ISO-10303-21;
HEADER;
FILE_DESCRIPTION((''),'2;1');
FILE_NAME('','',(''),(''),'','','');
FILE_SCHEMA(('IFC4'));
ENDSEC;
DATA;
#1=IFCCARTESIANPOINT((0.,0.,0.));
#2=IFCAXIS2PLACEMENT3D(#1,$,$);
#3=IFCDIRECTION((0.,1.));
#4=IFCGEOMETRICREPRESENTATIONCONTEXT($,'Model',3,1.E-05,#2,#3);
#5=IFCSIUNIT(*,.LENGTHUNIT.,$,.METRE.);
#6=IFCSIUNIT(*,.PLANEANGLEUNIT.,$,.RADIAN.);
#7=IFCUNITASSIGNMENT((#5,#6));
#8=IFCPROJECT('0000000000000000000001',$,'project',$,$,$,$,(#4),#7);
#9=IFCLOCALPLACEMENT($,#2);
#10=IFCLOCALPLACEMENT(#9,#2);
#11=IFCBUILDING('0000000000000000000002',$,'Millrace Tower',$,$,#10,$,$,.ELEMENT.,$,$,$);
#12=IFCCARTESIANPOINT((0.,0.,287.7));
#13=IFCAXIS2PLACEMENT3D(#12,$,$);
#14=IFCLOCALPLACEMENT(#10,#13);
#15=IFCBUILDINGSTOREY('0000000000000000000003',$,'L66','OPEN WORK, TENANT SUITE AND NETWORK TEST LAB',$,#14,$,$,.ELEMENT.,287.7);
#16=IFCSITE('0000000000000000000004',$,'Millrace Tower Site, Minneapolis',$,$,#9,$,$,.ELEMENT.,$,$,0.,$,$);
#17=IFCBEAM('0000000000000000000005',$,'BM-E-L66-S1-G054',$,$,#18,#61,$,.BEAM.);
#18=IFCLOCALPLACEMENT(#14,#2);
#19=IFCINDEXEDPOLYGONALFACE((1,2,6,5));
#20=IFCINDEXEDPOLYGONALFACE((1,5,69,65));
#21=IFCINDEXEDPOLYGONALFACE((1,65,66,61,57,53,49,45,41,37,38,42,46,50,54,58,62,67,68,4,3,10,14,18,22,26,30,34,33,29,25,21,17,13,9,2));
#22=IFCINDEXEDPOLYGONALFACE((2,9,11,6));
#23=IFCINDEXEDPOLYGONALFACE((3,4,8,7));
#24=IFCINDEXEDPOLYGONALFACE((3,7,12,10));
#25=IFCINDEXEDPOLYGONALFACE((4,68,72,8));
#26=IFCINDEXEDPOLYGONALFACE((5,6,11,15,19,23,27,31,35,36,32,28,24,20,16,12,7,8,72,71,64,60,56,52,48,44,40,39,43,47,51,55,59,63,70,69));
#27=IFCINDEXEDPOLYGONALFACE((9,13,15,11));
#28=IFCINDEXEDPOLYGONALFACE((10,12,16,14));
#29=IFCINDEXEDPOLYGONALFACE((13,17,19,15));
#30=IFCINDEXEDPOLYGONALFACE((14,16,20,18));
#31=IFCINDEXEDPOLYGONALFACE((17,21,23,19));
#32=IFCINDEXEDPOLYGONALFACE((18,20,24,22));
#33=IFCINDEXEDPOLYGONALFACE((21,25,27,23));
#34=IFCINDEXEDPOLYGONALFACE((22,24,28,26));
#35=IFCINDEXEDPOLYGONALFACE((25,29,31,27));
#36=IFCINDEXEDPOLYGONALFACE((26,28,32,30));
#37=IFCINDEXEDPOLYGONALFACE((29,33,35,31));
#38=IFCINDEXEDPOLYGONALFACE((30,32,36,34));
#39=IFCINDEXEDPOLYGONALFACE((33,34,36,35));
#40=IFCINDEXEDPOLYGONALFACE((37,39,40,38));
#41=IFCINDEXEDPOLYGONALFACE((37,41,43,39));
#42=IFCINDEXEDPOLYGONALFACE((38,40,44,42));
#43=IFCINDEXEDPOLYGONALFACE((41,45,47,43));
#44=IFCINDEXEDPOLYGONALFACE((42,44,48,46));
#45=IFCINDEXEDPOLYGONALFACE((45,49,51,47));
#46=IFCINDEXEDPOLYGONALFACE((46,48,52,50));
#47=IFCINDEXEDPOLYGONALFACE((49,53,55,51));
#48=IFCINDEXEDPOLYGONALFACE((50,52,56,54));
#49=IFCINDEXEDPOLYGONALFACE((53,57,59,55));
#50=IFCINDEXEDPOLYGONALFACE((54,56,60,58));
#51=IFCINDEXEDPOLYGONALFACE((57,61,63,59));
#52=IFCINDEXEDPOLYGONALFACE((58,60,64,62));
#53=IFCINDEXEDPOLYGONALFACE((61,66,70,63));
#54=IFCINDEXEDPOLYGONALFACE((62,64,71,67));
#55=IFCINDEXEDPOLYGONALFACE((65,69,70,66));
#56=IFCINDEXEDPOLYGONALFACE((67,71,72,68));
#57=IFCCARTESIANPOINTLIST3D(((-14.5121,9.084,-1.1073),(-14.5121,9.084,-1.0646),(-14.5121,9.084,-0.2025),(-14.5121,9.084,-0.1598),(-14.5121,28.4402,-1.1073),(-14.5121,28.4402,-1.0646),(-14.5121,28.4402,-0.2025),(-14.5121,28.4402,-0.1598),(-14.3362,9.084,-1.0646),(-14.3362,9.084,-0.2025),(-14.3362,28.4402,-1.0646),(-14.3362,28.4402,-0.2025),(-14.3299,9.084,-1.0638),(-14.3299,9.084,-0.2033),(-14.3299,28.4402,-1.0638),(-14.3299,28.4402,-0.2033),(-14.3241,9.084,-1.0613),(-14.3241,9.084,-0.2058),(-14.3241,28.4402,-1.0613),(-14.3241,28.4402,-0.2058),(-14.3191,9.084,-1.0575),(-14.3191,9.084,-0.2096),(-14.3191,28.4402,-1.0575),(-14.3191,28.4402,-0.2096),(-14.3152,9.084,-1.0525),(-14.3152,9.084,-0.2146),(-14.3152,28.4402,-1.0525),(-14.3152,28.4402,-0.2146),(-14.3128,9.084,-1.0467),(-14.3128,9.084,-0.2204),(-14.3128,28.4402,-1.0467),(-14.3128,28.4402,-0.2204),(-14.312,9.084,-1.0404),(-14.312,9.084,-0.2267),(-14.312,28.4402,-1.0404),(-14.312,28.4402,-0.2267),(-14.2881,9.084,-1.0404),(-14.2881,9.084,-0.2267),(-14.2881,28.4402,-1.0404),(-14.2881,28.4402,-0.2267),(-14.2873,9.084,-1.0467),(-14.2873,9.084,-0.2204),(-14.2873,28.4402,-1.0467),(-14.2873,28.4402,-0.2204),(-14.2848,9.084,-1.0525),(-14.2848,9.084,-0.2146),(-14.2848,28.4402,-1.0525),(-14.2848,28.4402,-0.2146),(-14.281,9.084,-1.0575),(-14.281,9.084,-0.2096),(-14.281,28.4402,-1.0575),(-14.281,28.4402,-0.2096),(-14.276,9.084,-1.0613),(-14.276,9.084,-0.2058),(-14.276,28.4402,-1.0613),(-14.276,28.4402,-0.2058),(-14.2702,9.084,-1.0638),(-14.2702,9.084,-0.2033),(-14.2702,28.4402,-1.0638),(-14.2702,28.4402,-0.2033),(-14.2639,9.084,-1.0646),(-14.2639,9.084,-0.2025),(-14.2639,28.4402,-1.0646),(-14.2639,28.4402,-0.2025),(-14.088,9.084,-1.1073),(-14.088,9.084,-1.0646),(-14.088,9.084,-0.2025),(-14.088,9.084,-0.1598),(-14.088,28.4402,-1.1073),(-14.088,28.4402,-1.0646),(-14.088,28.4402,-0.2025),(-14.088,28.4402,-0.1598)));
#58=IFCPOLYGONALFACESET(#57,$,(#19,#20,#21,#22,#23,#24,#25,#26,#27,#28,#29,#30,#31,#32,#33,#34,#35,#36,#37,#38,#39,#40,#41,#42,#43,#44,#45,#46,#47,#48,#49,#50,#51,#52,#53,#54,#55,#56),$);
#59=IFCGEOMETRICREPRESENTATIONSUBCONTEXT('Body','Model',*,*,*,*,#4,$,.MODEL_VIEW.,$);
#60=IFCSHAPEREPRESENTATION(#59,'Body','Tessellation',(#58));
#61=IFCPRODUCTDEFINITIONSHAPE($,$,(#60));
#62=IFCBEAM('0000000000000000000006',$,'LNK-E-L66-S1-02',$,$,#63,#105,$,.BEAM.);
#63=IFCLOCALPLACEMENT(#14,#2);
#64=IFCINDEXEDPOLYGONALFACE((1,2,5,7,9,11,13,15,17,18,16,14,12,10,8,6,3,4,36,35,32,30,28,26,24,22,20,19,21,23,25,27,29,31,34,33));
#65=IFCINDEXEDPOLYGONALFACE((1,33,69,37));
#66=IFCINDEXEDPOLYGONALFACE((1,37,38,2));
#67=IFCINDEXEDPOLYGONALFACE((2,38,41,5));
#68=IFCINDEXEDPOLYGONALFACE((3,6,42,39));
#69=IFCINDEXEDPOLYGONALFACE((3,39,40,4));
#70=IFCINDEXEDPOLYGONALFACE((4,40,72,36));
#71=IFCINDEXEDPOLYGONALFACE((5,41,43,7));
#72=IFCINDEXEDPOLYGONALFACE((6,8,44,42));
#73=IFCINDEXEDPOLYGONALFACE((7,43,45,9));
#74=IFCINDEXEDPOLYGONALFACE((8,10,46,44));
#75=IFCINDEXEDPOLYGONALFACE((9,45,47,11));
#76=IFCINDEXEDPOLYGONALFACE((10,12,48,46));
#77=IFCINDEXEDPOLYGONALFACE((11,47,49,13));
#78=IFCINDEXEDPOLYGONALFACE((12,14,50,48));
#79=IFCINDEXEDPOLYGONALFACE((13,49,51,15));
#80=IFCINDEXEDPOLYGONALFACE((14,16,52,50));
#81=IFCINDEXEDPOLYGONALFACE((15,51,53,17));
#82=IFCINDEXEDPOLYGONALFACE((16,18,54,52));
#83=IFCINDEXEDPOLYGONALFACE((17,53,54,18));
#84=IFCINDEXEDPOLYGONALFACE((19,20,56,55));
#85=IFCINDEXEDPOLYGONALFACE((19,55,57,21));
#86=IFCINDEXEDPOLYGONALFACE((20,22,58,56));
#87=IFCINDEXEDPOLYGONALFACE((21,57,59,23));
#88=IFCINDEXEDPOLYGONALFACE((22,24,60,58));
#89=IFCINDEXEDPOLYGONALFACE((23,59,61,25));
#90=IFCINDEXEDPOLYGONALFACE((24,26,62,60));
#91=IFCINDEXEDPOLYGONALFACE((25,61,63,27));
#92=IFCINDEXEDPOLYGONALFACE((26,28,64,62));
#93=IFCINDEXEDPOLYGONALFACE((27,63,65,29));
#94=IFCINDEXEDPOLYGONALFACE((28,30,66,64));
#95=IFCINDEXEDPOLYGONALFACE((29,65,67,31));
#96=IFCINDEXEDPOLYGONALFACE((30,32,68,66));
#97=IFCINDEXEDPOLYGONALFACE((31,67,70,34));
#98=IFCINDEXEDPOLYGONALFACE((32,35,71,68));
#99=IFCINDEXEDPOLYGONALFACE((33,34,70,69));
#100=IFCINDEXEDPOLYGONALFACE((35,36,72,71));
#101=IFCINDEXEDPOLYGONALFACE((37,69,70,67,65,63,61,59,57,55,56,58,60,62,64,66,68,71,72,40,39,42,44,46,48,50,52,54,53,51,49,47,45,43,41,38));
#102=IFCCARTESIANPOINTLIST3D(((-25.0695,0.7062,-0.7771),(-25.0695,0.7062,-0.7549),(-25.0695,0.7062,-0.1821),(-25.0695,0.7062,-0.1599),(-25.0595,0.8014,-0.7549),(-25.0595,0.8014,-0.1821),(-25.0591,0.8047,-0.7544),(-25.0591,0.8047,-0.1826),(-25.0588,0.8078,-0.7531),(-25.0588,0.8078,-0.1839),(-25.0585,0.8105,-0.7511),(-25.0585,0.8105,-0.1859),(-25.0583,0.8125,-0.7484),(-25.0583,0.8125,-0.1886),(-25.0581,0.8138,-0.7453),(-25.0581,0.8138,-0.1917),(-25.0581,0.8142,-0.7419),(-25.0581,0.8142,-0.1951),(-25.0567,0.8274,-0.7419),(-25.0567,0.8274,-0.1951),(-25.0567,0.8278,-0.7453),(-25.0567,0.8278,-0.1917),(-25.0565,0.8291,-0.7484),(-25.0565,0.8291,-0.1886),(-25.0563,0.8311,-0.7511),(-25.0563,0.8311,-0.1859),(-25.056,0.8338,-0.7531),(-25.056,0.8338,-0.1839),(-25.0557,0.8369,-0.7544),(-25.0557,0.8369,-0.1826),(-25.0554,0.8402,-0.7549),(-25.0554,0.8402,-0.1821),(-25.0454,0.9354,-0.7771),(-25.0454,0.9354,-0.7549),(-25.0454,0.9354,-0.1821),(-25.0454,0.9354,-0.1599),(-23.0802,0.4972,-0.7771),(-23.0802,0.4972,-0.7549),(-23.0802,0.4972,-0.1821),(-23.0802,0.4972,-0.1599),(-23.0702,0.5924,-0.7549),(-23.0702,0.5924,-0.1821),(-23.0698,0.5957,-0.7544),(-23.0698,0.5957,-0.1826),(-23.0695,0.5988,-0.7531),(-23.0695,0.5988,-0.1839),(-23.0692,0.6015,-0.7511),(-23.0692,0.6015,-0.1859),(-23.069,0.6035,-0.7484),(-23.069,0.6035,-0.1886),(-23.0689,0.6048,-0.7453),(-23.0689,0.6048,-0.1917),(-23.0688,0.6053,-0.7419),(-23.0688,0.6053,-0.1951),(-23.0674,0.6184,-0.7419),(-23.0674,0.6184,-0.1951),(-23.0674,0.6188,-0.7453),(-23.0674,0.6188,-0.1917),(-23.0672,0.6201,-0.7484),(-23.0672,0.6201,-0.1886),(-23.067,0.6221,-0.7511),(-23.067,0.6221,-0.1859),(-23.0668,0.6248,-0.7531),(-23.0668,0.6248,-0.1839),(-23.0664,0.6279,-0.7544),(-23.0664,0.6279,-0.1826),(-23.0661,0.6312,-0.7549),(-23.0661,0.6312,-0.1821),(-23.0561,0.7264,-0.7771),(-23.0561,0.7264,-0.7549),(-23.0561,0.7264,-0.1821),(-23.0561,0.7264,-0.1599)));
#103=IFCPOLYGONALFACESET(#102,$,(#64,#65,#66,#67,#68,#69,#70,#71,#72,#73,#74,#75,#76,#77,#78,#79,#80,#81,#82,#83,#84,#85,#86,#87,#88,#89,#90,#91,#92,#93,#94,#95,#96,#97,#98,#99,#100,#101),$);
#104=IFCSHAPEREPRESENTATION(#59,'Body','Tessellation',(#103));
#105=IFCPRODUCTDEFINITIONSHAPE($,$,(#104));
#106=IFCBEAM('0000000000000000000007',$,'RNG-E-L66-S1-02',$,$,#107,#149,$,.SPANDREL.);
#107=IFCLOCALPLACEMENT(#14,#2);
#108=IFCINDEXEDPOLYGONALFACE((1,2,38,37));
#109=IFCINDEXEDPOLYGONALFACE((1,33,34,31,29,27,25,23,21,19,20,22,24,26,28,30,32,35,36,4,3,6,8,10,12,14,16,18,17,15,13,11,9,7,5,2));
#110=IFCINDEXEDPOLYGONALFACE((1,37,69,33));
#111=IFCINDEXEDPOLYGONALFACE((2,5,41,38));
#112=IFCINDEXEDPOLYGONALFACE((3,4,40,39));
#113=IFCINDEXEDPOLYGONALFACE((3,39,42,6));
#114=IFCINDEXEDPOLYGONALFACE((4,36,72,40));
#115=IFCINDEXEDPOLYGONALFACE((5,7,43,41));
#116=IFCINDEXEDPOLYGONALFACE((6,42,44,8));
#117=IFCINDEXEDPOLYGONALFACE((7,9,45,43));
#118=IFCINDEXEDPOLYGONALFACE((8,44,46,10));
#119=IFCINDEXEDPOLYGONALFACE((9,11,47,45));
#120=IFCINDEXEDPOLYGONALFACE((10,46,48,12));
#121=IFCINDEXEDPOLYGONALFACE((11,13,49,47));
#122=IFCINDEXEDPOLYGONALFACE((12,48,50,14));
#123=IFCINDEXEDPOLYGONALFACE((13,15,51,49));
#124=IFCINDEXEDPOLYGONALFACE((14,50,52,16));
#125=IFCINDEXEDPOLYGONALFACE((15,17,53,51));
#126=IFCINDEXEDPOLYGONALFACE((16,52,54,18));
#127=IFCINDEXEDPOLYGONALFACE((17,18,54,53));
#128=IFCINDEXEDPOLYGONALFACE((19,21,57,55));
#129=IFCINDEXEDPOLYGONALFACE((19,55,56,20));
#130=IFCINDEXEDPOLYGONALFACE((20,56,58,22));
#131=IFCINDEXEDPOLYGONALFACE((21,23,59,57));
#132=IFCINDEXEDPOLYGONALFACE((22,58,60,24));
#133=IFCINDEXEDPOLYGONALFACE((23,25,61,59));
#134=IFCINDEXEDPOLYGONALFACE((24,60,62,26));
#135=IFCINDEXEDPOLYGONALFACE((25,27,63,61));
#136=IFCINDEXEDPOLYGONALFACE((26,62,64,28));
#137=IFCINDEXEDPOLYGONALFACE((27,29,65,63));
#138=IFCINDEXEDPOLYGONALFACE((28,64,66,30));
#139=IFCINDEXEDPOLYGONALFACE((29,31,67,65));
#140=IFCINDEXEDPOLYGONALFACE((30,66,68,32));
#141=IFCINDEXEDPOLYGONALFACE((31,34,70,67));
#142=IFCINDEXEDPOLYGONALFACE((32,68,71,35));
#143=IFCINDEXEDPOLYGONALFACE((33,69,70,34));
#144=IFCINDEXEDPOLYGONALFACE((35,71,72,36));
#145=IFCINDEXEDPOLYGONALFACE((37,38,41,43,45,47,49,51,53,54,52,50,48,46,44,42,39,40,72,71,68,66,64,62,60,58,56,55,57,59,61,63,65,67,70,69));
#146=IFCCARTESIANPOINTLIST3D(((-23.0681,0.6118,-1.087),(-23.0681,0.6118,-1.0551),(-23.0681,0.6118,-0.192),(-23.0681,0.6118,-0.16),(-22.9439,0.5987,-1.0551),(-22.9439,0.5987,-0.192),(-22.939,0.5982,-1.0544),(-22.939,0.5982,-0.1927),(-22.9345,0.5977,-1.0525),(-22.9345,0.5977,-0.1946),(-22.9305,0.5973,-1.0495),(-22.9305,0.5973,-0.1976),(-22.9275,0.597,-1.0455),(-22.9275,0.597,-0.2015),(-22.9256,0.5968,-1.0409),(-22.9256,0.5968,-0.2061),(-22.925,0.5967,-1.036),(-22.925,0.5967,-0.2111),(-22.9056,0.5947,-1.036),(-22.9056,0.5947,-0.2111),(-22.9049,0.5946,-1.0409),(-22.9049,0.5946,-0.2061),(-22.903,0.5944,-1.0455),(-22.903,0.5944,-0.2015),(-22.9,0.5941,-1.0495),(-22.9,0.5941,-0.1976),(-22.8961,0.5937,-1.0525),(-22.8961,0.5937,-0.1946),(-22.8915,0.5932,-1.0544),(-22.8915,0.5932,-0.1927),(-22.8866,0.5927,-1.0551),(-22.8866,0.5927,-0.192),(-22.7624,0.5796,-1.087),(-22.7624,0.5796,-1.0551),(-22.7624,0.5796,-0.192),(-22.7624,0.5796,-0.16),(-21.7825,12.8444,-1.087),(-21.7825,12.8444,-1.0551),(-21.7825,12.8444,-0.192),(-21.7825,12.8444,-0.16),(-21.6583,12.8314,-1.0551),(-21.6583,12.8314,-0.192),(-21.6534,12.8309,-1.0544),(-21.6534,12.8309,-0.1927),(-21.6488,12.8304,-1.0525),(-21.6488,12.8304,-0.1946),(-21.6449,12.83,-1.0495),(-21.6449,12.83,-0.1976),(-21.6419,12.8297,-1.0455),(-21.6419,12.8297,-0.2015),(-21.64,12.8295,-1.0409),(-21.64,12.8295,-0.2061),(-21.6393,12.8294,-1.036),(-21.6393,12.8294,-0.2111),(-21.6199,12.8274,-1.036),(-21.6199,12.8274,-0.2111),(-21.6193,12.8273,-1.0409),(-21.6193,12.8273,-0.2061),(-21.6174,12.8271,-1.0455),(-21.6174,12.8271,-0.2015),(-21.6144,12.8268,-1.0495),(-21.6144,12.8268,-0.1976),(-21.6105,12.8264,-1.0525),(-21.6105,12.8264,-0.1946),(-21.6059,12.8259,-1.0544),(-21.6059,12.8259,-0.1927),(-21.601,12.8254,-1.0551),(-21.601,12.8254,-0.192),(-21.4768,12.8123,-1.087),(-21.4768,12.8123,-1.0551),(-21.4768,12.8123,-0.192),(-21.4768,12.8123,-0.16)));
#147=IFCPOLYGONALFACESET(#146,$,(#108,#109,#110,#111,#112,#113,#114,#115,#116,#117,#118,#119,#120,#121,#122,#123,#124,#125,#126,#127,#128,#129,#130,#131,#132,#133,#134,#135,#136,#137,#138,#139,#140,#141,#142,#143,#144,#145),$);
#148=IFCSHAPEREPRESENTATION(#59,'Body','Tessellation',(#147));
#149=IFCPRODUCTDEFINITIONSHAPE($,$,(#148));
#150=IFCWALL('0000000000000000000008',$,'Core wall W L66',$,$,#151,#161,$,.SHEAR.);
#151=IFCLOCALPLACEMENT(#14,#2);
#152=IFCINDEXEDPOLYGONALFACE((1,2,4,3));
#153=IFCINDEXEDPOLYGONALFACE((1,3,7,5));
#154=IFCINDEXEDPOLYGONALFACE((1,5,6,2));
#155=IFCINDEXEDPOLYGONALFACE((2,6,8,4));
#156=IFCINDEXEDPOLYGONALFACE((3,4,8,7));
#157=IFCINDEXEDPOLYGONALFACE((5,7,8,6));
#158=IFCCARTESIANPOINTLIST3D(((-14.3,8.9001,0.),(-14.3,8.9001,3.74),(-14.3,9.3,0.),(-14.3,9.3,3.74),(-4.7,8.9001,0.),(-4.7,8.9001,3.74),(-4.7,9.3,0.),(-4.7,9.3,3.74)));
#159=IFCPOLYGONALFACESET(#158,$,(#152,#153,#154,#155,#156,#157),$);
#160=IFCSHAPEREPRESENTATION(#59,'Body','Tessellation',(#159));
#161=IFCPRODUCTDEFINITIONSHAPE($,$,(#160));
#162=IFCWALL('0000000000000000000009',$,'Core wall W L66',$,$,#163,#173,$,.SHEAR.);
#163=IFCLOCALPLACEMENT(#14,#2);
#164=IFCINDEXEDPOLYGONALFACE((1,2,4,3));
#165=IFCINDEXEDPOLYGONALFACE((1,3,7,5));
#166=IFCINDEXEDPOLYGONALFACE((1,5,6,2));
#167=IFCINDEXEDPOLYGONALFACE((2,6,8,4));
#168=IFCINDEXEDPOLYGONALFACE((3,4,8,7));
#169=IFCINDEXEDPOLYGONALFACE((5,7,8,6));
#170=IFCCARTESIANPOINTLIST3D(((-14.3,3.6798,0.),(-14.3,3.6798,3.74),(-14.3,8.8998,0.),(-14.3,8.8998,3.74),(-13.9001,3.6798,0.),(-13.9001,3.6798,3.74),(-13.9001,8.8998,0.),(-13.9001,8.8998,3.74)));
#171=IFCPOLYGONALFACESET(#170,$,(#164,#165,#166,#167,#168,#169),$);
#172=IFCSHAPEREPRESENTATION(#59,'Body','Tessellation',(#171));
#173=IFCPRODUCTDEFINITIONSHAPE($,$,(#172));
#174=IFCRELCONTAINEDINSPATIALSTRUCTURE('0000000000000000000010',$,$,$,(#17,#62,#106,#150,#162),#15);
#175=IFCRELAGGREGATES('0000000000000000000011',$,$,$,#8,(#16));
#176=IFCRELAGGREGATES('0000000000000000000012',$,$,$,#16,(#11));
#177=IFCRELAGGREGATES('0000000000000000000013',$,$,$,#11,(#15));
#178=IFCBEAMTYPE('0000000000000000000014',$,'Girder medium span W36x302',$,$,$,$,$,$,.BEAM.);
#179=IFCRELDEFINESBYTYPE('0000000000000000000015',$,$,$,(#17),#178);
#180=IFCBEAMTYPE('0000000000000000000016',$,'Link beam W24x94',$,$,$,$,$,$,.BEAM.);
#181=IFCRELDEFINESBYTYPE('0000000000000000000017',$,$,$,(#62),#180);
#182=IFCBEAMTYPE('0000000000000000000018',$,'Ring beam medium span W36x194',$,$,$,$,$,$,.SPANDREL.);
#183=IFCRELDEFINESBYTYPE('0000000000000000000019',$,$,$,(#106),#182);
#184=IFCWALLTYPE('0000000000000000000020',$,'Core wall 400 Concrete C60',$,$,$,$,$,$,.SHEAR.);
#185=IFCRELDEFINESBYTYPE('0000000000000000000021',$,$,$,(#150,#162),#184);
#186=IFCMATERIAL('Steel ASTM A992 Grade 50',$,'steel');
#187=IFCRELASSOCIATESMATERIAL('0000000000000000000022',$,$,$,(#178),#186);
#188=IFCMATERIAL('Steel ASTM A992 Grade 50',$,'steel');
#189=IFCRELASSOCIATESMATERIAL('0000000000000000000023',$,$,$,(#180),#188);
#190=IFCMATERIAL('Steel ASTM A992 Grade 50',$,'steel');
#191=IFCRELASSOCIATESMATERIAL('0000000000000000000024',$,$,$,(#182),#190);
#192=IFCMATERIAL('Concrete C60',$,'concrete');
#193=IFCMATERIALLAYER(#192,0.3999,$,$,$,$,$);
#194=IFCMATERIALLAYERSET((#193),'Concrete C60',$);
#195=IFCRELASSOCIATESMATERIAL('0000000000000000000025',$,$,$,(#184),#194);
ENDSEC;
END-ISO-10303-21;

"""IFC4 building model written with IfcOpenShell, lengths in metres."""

from ifc_helpers import new_model, si_unit, direction, frame, frame_2d, origin, origin_2d, place, context, subcontext, project, spatial, rectangle, i_section, extrude, material, layer, layer_set, material_profile, profile_set, type_object, element, save


model = new_model("IFC4")

# Units and contexts
model_context = context("Model", 3, precision=1e-05, world=origin(), true_north=direction((0.0, 1.0)))
body_context = subcontext(model_context, "Body", "Model", "MODEL_VIEW")
ifc_project = project(units=[si_unit("LENGTHUNIT", "METRE"), si_unit("PLANEANGLEUNIT", "RADIAN")], contexts=[model_context])

# Site, building, storey
site_placement = place(None, origin())
site = spatial("IfcSite", under=ifc_project, at=site_placement, Name="Millrace Tower Site, Minneapolis", CompositionType="ELEMENT", RefElevation=0.0)
building_placement = place(site_placement, origin())
building = spatial("IfcBuilding", under=site, at=building_placement, Name="Millrace Tower", CompositionType="ELEMENT")
storey_placement = place(building_placement, frame((0.0, 0.0, 287.7)))
storey = spatial("IfcBuildingStorey", under=building, at=storey_placement, Name="L66", Description="OPEN WORK, TENANT SUITE AND NETWORK TEST LAB", CompositionType="ELEMENT", Elevation=287.7)

# Beams
ifc_material_1 = material(Name="Steel ASTM A992 Grade 50", Category="steel")
ifc_material_profile_1 = material_profile(ifc_material_1, i_section(OverallWidth=0.4241, OverallDepth=0.9475, WebThickness=0.0239, FlangeThickness=0.0427, FilletRadius=0.0242, at=origin_2d()))
ifc_profile_set_1 = profile_set([ifc_material_profile_1], Name="Steel ASTM A992 Grade 50")
beam_type_1 = type_object("IfcBeamType", Name="Girder medium span W36x302", PredefinedType="BEAM", material=ifc_profile_set_1)
beam_1_placement = place(storey_placement, frame((-14.3, 9.084, -0.6335), z_axis=(0.0, 1.0, 0.0), x_axis=(-1.0, 0.0, 0.0)))
element("IfcBeam", 1, at=beam_1_placement, inside=storey, type_object=beam_type_1, Name="BM-E-L66-S1-G054", PredefinedType="BEAM", context=body_context, shape_type="SweptSolid", body=[
    extrude(i_section(OverallWidth=0.4241, OverallDepth=0.9475, WebThickness=0.0239, FlangeThickness=0.0427, FilletRadius=0.0242, at=origin_2d()), origin(), (0.0, 0.0, 1.0), 19.3562),
])
ifc_material_2 = material(Name="Steel ASTM A992 Grade 50", Category="steel")
ifc_material_profile_2 = material_profile(ifc_material_2, i_section(OverallWidth=0.2305, OverallDepth=0.6172, WebThickness=0.0132, FlangeThickness=0.0222, FilletRadius=0.0129, at=origin_2d()))
ifc_profile_set_2 = profile_set([ifc_material_profile_2], Name="Steel ASTM A992 Grade 50")
beam_type_2 = type_object("IfcBeamType", Name="Link beam W24x94", PredefinedType="BEAM", material=ifc_profile_set_2)
beam_2_placement = place(storey_placement, frame((-23.0681, 0.6118, -0.4685), z_axis=(-0.994527, 0.104481, 0.0), x_axis=(-0.104481, -0.994527, 0.0)))
element("IfcBeam", 2, at=beam_2_placement, inside=storey, type_object=beam_type_2, Name="LNK-E-L66-S1-02", PredefinedType="BEAM", context=body_context, shape_type="SweptSolid", body=[
    extrude(i_section(OverallWidth=0.2305, OverallDepth=0.6172, WebThickness=0.0132, FlangeThickness=0.0222, FilletRadius=0.0129, at=origin_2d()), origin(), (0.0, 0.0, 1.0), 2.0002),
])
ifc_material_3 = material(Name="Steel ASTM A992 Grade 50", Category="steel")
ifc_material_profile_3 = material_profile(ifc_material_3, i_section(OverallWidth=0.3074, OverallDepth=0.927, WebThickness=0.0195, FlangeThickness=0.032, FilletRadius=0.019, at=origin_2d()))
ifc_profile_set_3 = profile_set([ifc_material_profile_3], Name="Steel ASTM A992 Grade 50")
beam_type_3 = type_object("IfcBeamType", Name="Ring beam medium span W36x194", PredefinedType="SPANDREL", material=ifc_profile_set_3)
beam_3_placement = place(storey_placement, frame((-22.9153, 0.5957, -0.6235), z_axis=(0.104524, 0.994522, 0.0), x_axis=(-0.994522, 0.104524, 0.0)))
element("IfcBeam", 3, at=beam_3_placement, inside=storey, type_object=beam_type_3, Name="RNG-E-L66-S1-02", PredefinedType="SPANDREL", context=body_context, shape_type="SweptSolid", body=[
    extrude(i_section(OverallWidth=0.3074, OverallDepth=0.927, WebThickness=0.0195, FlangeThickness=0.032, FilletRadius=0.019, at=origin_2d()), origin(), (0.0, 0.0, 1.0), 12.3),
])

# Walls
ifc_material_4 = material(Name="Concrete C60", Category="concrete")
ifc_layer_1 = layer(ifc_material_4, 0.3999)
ifc_layer_set_1 = layer_set([ifc_layer_1], Name="Concrete C60")
wall_type_1 = type_object("IfcWallType", Name="Core wall 400 Concrete C60", PredefinedType="SHEAR", material=ifc_layer_set_1)
wall_1_placement = place(storey_placement, frame((-14.3, 9.1001, 0.0), z_axis=(0.0, 0.0, 1.0), x_axis=(1.0, 0.0, 0.0)))
element("IfcWall", 4, at=wall_1_placement, inside=storey, type_object=wall_type_1, Name="Core wall W L66", PredefinedType="SHEAR", context=body_context, shape_type="SweptSolid", body=[
    extrude(rectangle(XDim=9.6001, YDim=0.3999, at=frame_2d((4.8, 0.0))), origin(), (0.0, 0.0, 1.0), 3.74),
])
wall_2_placement = place(storey_placement, frame((-14.1001, 3.6799, 0.0), z_axis=(0.0, 0.0, 1.0), x_axis=(0.0, 1.0, 0.0)))
element("IfcWall", 5, at=wall_2_placement, inside=storey, type_object=wall_type_1, Name="Core wall W L66", PredefinedType="SHEAR", context=body_context, shape_type="SweptSolid", body=[
    extrude(rectangle(XDim=5.22, YDim=0.3999, at=frame_2d((2.6099, 0.0))), origin(), (0.0, 0.0, 1.0), 3.74),
])

save(model, "model.ifc")
